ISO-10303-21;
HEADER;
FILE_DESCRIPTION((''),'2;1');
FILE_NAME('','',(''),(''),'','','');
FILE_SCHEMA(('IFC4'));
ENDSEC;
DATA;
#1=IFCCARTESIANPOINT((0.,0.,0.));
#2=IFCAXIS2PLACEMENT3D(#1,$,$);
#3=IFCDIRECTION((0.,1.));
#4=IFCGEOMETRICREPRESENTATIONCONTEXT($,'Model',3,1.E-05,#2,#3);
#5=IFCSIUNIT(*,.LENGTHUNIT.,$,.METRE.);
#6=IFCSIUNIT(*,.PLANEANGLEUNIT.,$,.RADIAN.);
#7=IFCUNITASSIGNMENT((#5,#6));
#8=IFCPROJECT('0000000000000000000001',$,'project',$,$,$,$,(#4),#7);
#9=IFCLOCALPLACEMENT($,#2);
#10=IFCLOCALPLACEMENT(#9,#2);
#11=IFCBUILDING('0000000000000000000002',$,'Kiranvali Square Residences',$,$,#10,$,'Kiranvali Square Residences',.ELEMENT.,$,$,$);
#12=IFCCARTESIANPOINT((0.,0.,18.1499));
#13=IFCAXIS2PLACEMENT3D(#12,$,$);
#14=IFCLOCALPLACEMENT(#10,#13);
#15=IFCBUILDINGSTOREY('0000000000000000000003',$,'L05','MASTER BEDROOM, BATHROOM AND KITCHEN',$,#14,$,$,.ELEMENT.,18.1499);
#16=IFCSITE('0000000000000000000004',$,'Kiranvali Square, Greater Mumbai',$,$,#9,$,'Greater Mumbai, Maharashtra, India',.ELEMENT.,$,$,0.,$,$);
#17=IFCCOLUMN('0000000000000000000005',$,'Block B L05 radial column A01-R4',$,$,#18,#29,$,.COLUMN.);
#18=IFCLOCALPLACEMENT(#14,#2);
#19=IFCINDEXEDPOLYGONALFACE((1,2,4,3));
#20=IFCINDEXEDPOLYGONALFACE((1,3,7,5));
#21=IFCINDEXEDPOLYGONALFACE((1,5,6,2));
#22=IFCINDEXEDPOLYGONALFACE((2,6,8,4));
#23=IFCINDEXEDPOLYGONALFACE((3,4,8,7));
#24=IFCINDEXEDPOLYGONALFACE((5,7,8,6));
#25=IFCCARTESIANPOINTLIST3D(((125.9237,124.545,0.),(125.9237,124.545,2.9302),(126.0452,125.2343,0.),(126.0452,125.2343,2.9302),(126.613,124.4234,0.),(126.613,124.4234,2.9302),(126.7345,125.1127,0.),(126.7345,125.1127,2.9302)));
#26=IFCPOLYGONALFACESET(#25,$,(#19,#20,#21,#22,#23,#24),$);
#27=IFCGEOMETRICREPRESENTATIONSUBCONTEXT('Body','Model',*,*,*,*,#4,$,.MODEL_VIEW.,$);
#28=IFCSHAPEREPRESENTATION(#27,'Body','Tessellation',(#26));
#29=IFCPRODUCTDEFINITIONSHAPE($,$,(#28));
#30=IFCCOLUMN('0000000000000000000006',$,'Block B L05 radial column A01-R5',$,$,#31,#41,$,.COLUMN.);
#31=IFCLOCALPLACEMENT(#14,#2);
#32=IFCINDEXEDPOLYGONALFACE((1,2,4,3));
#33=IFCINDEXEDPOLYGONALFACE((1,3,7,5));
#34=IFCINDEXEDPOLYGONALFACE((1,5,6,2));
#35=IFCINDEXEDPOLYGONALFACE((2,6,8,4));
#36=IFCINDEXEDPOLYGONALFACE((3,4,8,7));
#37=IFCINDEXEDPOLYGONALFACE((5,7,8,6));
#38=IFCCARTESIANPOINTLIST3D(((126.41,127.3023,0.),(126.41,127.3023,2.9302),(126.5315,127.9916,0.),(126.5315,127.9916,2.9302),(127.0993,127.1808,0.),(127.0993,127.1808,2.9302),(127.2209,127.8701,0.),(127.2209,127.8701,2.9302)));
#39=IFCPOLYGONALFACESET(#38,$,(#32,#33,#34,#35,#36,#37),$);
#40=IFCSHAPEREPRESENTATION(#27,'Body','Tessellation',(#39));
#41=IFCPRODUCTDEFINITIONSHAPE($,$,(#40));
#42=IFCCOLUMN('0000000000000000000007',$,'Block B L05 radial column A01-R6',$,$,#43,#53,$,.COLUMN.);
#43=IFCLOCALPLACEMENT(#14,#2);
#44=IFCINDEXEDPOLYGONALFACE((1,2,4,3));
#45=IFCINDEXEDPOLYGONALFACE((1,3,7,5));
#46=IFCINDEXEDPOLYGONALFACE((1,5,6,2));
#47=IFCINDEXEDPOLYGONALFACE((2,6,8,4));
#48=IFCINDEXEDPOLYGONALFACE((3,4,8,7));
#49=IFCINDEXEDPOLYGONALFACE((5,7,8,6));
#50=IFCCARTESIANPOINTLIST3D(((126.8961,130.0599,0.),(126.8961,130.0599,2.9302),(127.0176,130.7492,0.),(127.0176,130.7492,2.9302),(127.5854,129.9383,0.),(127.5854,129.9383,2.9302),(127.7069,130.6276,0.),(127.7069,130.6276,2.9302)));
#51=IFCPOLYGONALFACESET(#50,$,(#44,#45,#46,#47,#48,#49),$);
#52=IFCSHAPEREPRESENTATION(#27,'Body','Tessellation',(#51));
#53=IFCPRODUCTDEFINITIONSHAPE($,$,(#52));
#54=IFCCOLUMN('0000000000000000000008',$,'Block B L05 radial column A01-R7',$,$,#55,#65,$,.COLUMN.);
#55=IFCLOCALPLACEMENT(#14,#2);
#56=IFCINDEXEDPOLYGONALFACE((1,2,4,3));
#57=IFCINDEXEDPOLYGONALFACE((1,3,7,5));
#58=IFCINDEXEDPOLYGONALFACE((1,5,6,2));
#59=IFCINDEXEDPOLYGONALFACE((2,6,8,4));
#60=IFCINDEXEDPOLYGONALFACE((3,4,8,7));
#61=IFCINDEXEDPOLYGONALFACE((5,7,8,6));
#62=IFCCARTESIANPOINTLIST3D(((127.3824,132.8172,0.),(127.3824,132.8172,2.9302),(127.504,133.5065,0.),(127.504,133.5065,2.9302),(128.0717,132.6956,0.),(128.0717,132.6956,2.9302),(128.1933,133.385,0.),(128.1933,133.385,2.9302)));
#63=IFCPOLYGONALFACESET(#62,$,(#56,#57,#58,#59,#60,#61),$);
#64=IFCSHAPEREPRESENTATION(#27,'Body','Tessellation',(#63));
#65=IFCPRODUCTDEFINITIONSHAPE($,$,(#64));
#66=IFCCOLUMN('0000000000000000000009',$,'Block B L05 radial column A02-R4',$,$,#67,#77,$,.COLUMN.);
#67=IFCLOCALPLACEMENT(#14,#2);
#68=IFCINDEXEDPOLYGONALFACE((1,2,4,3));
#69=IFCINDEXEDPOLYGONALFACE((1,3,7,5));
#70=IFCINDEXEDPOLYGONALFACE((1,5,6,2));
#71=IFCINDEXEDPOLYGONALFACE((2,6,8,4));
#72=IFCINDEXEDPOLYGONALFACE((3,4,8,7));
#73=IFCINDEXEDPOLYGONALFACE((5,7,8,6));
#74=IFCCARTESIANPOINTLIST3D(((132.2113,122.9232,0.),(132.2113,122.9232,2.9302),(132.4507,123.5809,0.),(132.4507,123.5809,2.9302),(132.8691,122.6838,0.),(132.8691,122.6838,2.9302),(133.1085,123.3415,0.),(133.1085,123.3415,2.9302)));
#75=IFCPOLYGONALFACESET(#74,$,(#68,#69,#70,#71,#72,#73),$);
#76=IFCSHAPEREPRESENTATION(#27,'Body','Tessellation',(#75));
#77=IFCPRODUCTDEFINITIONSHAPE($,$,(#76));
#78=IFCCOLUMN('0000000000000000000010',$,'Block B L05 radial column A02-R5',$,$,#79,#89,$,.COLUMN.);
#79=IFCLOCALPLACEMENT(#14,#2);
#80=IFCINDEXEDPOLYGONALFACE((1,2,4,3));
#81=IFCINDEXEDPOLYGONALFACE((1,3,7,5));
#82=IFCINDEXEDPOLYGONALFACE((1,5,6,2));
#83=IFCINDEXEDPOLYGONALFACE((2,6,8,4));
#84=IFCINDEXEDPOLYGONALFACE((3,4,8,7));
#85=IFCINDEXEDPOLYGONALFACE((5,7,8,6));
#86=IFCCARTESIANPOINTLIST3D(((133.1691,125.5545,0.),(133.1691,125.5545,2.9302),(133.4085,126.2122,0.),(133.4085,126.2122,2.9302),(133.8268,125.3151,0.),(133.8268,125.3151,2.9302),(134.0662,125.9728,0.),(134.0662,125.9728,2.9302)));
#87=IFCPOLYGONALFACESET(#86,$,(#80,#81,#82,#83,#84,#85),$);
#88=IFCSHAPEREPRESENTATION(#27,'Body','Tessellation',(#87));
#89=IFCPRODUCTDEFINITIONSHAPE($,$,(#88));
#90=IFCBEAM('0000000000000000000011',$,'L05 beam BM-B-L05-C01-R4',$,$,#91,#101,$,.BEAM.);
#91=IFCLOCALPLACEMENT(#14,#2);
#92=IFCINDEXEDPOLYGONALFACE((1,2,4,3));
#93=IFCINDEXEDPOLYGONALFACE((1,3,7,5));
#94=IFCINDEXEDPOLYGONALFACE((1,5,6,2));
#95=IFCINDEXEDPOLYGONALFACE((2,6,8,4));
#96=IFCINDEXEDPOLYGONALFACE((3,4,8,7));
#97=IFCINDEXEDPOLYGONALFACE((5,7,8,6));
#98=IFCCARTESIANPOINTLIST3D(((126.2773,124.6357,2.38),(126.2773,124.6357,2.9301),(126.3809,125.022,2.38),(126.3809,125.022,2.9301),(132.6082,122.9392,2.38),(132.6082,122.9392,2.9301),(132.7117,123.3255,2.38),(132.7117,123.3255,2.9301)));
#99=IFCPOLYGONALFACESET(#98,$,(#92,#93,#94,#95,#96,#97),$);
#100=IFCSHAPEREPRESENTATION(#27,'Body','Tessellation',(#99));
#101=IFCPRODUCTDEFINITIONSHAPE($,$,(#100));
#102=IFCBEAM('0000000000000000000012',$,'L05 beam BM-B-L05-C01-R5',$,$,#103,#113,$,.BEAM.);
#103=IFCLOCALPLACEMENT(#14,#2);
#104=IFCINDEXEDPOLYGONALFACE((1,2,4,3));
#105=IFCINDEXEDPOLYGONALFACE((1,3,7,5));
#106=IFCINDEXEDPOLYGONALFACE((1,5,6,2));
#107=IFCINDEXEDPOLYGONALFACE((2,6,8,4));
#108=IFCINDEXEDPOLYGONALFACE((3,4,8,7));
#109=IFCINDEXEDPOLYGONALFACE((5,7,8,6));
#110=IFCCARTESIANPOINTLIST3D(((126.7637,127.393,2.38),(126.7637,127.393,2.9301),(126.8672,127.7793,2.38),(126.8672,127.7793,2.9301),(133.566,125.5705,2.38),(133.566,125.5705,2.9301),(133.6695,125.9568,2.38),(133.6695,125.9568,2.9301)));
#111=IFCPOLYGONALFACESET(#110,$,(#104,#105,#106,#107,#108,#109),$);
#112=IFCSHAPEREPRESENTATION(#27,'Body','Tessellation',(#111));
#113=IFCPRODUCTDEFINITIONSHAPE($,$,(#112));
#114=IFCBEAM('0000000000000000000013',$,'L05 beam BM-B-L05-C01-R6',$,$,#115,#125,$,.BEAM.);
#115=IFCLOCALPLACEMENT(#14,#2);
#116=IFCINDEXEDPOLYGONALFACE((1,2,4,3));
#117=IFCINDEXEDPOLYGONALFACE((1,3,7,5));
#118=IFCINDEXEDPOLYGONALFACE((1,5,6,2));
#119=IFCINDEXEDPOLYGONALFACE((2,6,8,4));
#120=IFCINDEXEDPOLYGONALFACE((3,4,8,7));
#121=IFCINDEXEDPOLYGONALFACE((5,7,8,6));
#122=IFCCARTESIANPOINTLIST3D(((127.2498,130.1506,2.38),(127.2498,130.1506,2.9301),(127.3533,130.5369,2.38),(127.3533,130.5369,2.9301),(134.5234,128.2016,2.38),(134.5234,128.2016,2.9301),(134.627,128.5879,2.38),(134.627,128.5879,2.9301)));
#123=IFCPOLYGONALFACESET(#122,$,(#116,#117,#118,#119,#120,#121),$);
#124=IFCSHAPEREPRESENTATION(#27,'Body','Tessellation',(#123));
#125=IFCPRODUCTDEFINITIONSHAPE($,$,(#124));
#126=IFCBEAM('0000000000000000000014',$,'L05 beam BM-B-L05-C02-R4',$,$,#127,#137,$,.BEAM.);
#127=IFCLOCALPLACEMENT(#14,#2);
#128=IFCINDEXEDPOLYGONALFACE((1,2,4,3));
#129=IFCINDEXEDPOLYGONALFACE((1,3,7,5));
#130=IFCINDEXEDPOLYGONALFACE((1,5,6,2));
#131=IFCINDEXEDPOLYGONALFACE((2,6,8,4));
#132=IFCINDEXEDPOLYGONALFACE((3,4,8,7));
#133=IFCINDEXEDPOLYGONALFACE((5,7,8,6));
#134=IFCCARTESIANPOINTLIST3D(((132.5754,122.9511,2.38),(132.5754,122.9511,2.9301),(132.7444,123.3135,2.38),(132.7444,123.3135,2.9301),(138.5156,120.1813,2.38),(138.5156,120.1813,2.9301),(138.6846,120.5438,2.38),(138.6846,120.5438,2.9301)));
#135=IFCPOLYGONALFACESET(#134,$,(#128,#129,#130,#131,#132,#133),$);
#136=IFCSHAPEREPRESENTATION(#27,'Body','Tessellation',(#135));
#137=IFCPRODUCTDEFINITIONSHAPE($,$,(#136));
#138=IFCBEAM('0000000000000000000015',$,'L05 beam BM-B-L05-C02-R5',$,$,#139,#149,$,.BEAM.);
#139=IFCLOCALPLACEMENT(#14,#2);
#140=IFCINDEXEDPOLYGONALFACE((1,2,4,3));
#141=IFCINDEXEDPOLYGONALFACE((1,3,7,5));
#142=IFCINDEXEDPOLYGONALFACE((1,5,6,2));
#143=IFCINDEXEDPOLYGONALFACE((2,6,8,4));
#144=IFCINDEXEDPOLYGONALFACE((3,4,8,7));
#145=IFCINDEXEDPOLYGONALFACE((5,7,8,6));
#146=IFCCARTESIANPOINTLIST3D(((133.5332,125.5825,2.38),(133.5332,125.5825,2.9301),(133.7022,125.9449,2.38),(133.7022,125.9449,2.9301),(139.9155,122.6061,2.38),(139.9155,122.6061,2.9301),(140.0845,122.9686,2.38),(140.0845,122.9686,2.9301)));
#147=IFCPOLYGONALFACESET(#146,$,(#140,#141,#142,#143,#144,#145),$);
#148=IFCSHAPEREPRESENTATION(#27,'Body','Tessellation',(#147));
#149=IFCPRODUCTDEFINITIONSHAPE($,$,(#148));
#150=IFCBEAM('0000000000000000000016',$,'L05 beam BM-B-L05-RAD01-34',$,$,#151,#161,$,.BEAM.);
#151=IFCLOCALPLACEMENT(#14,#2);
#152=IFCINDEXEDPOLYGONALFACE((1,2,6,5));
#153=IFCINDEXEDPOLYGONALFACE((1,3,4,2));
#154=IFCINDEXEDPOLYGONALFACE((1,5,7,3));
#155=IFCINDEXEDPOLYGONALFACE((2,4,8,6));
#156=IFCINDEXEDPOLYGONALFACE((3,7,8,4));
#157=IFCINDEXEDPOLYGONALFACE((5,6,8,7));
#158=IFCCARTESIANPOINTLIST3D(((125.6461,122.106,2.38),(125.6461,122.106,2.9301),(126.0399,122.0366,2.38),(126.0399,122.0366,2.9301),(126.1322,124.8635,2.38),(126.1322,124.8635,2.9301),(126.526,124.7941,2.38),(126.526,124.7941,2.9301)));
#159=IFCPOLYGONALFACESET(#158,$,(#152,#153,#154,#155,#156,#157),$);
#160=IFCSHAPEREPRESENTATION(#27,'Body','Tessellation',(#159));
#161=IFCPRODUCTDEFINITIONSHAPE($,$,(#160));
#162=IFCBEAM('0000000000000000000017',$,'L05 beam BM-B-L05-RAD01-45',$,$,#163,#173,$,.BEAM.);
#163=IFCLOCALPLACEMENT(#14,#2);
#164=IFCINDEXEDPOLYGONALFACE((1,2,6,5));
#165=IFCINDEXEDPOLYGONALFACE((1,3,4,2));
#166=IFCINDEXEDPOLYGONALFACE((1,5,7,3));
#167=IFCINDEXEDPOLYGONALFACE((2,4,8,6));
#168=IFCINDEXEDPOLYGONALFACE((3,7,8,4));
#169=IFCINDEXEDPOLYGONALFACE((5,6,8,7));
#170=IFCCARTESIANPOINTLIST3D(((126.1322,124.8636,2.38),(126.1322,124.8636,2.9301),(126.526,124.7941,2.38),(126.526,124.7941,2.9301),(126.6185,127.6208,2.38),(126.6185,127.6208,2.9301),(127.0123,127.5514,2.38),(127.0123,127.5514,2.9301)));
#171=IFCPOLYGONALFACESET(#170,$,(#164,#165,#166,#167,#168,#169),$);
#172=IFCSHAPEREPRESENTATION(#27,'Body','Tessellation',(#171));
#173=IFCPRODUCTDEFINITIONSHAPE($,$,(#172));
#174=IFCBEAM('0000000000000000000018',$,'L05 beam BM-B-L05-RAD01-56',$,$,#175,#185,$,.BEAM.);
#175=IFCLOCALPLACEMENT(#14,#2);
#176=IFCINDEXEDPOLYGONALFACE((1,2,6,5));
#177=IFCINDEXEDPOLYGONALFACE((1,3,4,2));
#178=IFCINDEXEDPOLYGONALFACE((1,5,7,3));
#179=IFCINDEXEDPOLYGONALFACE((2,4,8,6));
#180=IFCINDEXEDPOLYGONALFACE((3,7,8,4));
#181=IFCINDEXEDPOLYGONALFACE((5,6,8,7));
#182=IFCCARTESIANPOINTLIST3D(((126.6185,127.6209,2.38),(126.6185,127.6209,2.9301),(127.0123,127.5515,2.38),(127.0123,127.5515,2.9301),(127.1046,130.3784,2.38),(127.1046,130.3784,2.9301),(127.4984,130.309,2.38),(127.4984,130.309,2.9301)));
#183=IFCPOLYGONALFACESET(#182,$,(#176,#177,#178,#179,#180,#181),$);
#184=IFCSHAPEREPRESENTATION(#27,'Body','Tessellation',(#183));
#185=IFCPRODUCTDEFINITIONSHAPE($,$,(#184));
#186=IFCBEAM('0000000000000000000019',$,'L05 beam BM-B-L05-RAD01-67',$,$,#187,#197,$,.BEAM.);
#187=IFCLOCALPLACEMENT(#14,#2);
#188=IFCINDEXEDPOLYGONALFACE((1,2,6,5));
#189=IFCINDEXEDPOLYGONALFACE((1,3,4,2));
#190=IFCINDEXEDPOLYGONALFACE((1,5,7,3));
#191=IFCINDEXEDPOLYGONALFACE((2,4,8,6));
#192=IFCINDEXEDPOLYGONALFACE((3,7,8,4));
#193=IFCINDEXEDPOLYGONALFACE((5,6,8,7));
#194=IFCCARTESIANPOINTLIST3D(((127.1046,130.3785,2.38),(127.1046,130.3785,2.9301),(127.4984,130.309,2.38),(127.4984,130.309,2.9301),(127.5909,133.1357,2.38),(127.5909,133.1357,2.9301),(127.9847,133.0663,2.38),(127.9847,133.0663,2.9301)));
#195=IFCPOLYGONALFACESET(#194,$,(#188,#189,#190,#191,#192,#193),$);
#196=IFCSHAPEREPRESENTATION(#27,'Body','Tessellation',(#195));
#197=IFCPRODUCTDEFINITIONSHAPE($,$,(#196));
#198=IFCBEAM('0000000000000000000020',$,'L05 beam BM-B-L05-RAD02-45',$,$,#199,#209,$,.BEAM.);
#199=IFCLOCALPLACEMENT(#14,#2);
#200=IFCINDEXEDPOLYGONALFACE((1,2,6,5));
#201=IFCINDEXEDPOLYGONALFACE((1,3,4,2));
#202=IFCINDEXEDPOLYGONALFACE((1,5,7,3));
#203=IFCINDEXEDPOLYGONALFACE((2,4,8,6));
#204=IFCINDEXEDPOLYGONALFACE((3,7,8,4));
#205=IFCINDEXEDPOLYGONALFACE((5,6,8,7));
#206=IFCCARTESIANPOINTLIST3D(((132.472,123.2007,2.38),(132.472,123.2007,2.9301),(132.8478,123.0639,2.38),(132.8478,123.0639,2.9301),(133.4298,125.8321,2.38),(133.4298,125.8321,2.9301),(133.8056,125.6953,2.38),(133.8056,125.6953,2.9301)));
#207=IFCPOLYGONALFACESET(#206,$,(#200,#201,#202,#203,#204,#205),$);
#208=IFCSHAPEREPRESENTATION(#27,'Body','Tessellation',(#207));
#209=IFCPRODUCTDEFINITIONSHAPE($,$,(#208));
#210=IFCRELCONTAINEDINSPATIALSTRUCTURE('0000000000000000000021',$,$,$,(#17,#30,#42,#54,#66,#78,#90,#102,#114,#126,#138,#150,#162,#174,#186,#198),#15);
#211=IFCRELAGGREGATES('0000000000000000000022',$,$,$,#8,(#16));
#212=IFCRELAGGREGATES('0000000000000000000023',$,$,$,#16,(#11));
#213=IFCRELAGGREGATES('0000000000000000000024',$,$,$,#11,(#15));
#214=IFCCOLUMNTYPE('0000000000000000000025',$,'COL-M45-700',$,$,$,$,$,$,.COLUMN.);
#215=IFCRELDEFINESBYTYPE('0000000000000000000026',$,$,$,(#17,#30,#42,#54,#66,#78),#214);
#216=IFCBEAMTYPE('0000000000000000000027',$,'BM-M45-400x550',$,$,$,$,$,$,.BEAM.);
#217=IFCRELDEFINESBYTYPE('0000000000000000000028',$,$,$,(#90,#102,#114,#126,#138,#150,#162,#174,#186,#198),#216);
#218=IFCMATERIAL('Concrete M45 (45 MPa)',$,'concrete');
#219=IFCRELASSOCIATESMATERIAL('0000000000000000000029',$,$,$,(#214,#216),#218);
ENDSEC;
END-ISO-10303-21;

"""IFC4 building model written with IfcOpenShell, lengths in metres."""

from ifc_helpers import new_model, si_unit, direction, frame, origin, origin_2d, place, context, subcontext, project, spatial, rectangle, extrude, material, material_profile, profile_set, type_object, element, save


model = new_model("IFC4")

# Units and contexts
model_context = context("Model", 3, precision=1e-05, world=origin(), true_north=direction((0.0, 1.0)))
body_context = subcontext(model_context, "Body", "Model", "MODEL_VIEW")
ifc_project = project(units=[si_unit("LENGTHUNIT", "METRE"), si_unit("PLANEANGLEUNIT", "RADIAN")], contexts=[model_context])

# Site, building, storey
site_placement = place(None, origin())
site = spatial("IfcSite", under=ifc_project, at=site_placement, Name="Kiranvali Square, Greater Mumbai", LongName="Greater Mumbai, Maharashtra, India", CompositionType="ELEMENT", RefElevation=0.0)
building_placement = place(site_placement, origin())
building = spatial("IfcBuilding", under=site, at=building_placement, Name="Kiranvali Square Residences", LongName="Kiranvali Square Residences", CompositionType="ELEMENT")
storey_placement = place(building_placement, frame((0.0, 0.0, 18.1499)))
storey = spatial("IfcBuildingStorey", under=building, at=storey_placement, Name="L05", Description="MASTER BEDROOM, BATHROOM AND KITCHEN", CompositionType="ELEMENT", Elevation=18.1499)

# Columns
ifc_material_1 = material(Name="Concrete M45 (45 MPa)", Category="concrete")
ifc_material_profile_1 = material_profile(ifc_material_1, rectangle(XDim=0.7, YDim=0.7, at=origin_2d()), Name="RC 700x700")
ifc_profile_set_1 = profile_set([ifc_material_profile_1], Name="Concrete M45 (45 MPa)")
column_type = type_object("IfcColumnType", Name="COL-M45-700", PredefinedType="COLUMN", material=ifc_profile_set_1)
for number, where, z_axis, x_axis, name in (
    (1, (126.3291, 124.8289, 0.0), (0.0, 0.0, 1.0), (-0.984808, 0.173648, 0.0), "Block B L05 radial column A01-R4"),
    (2, (126.8154, 127.5862, 0.0), (0.0, 0.0, 1.0), (-0.984808, 0.173648, 0.0), "Block B L05 radial column A01-R5"),
    (3, (127.3015, 130.3438, 0.0), (0.0, 0.0, 1.0), (-0.984808, 0.173648, 0.0), "Block B L05 radial column A01-R6"),
    (4, (127.7878, 133.1011, 0.0), (0.0, 0.0, 1.0), (-0.984808, 0.173648, 0.0), "Block B L05 radial column A01-R7"),
    (5, (132.6599, 123.1323, 0.0), (0.0, 0.0, 1.0), (-0.939693, 0.34202, 0.0), "Block B L05 radial column A02-R4"),
    (6, (133.6177, 125.7637, 0.0), (0.0, 0.0, 1.0), (-0.939693, 0.34202, 0.0), "Block B L05 radial column A02-R5"),
):
    element("IfcColumn", number, at=place(storey_placement, frame(where, z_axis=z_axis, x_axis=x_axis)), inside=storey, type_object=column_type, Name=name, PredefinedType="COLUMN", context=body_context, shape_type="SweptSolid", body=[
        extrude(rectangle(XDim=0.7, YDim=0.7, at=origin_2d()), origin(), (0.0, 0.0, 1.0), 2.9302),
    ])

# Beams
ifc_material_profile_2 = material_profile(ifc_material_1, rectangle(XDim=0.3999, YDim=0.55, at=origin_2d()), Name="RC 400x550")
ifc_profile_set_2 = profile_set([ifc_material_profile_2], Name="Concrete M45 (45 MPa)")
beam_type_1 = type_object("IfcBeamType", Name="BM-M45-400x550", PredefinedType="BEAM", material=ifc_profile_set_2)
beam_1_placement = place(storey_placement, frame((126.3291, 124.8289, 2.655), z_axis=(0.965918, -0.258847, 0.0), x_axis=(0.258847, 0.965918, 0.0)))
element("IfcBeam", 7, at=beam_1_placement, inside=storey, type_object=beam_type_1, Name="L05 beam BM-B-L05-C01-R4", PredefinedType="BEAM", context=body_context, shape_type="SweptSolid", body=[
    extrude(rectangle(XDim=0.3999, YDim=0.55, at=origin_2d()), origin(), (0.0, 0.0, 1.0), 6.5542),
])
beam_2_placement = place(storey_placement, frame((126.8154, 127.5862, 2.655), z_axis=(0.965931, -0.2588, 0.0), x_axis=(0.2588, 0.965931, 0.0)))
element("IfcBeam", 8, at=beam_2_placement, inside=storey, type_object=beam_type_1, Name="L05 beam BM-B-L05-C01-R5", PredefinedType="BEAM", context=body_context, shape_type="SweptSolid", body=[
    extrude(rectangle(XDim=0.3999, YDim=0.55, at=origin_2d()), origin(), (0.0, 0.0, 1.0), 7.0422),
])
beam_3_placement = place(storey_placement, frame((127.3015, 130.3438, 2.655), z_axis=(0.965926, -0.258819, 0.0), x_axis=(0.258819, 0.965926, 0.0)))
element("IfcBeam", 9, at=beam_3_placement, inside=storey, type_object=beam_type_1, Name="L05 beam BM-B-L05-C01-R6", PredefinedType="BEAM", context=body_context, shape_type="SweptSolid", body=[
    extrude(rectangle(XDim=0.3999, YDim=0.55, at=origin_2d()), origin(), (0.0, 0.0, 1.0), 7.5303),
])
beam_4_placement = place(storey_placement, frame((132.6599, 123.1323, 2.655), z_axis=(0.906318, -0.422596, 0.0), x_axis=(0.422596, 0.906318, 0.0)))
element("IfcBeam", 10, at=beam_4_placement, inside=storey, type_object=beam_type_1, Name="L05 beam BM-B-L05-C02-R4", PredefinedType="BEAM", context=body_context, shape_type="SweptSolid", body=[
    extrude(rectangle(XDim=0.3999, YDim=0.55, at=origin_2d()), origin(), (0.0, 0.0, 1.0), 6.5542),
])
beam_5_placement = place(storey_placement, frame((133.6177, 125.7637, 2.655), z_axis=(0.906297, -0.422641, 0.0), x_axis=(0.422641, 0.906297, 0.0)))
element("IfcBeam", 11, at=beam_5_placement, inside=storey, type_object=beam_type_1, Name="L05 beam BM-B-L05-C02-R5", PredefinedType="BEAM", context=body_context, shape_type="SweptSolid", body=[
    extrude(rectangle(XDim=0.3999, YDim=0.55, at=origin_2d()), origin(), (0.0, 0.0, 1.0), 7.0422),
])
beam_6_placement = place(storey_placement, frame((125.843, 122.0713, 2.655), z_axis=(0.173596, 0.984817, 0.0), x_axis=(-0.984817, 0.173596, 0.0)))
element("IfcBeam", 12, at=beam_6_placement, inside=storey, type_object=beam_type_1, Name="L05 beam BM-B-L05-RAD01-34", PredefinedType="BEAM", context=body_context, shape_type="SweptSolid", body=[
    extrude(rectangle(XDim=0.3999, YDim=0.55, at=origin_2d()), origin(), (0.0, 0.0, 1.0), 2.8),
])
beam_7_placement = place(storey_placement, frame((126.3291, 124.8289, 2.655), z_axis=(0.173696, 0.984799, 0.0), x_axis=(-0.984799, 0.173696, 0.0)))
element("IfcBeam", 13, at=beam_7_placement, inside=storey, type_object=beam_type_1, Name="L05 beam BM-B-L05-RAD01-45", PredefinedType="BEAM", context=body_context, shape_type="SweptSolid", body=[
    extrude(rectangle(XDim=0.3999, YDim=0.55, at=origin_2d()), origin(), (0.0, 0.0, 1.0), 2.7998),
])
beam_8_placement = place(storey_placement, frame((126.8154, 127.5862, 2.655), z_axis=(0.173596, 0.984817, 0.0), x_axis=(-0.984817, 0.173596, 0.0)))
element("IfcBeam", 14, at=beam_8_placement, inside=storey, type_object=beam_type_1, Name="L05 beam BM-B-L05-RAD01-56", PredefinedType="BEAM", context=body_context, shape_type="SweptSolid", body=[
    extrude(rectangle(XDim=0.3999, YDim=0.55, at=origin_2d()), origin(), (0.0, 0.0, 1.0), 2.8),
])
beam_9_placement = place(storey_placement, frame((127.3015, 130.3438, 2.655), z_axis=(0.173696, 0.984799, 0.0), x_axis=(-0.984799, 0.173696, 0.0)))
element("IfcBeam", 15, at=beam_9_placement, inside=storey, type_object=beam_type_1, Name="L05 beam BM-B-L05-RAD01-67", PredefinedType="BEAM", context=body_context, shape_type="SweptSolid", body=[
    extrude(rectangle(XDim=0.3999, YDim=0.55, at=origin_2d()), origin(), (0.0, 0.0, 1.0), 2.7998),
])
beam_10_placement = place(storey_placement, frame((132.6599, 123.1323, 2.655), z_axis=(0.34203, 0.939689, 0.0), x_axis=(-0.939689, 0.34203, 0.0)))
element("IfcBeam", 16, at=beam_10_placement, inside=storey, type_object=beam_type_1, Name="L05 beam BM-B-L05-RAD02-45", PredefinedType="BEAM", context=body_context, shape_type="SweptSolid", body=[
    extrude(rectangle(XDim=0.3999, YDim=0.55, at=origin_2d()), origin(), (0.0, 0.0, 1.0), 2.8003),
])

save(model, "model.ifc")
